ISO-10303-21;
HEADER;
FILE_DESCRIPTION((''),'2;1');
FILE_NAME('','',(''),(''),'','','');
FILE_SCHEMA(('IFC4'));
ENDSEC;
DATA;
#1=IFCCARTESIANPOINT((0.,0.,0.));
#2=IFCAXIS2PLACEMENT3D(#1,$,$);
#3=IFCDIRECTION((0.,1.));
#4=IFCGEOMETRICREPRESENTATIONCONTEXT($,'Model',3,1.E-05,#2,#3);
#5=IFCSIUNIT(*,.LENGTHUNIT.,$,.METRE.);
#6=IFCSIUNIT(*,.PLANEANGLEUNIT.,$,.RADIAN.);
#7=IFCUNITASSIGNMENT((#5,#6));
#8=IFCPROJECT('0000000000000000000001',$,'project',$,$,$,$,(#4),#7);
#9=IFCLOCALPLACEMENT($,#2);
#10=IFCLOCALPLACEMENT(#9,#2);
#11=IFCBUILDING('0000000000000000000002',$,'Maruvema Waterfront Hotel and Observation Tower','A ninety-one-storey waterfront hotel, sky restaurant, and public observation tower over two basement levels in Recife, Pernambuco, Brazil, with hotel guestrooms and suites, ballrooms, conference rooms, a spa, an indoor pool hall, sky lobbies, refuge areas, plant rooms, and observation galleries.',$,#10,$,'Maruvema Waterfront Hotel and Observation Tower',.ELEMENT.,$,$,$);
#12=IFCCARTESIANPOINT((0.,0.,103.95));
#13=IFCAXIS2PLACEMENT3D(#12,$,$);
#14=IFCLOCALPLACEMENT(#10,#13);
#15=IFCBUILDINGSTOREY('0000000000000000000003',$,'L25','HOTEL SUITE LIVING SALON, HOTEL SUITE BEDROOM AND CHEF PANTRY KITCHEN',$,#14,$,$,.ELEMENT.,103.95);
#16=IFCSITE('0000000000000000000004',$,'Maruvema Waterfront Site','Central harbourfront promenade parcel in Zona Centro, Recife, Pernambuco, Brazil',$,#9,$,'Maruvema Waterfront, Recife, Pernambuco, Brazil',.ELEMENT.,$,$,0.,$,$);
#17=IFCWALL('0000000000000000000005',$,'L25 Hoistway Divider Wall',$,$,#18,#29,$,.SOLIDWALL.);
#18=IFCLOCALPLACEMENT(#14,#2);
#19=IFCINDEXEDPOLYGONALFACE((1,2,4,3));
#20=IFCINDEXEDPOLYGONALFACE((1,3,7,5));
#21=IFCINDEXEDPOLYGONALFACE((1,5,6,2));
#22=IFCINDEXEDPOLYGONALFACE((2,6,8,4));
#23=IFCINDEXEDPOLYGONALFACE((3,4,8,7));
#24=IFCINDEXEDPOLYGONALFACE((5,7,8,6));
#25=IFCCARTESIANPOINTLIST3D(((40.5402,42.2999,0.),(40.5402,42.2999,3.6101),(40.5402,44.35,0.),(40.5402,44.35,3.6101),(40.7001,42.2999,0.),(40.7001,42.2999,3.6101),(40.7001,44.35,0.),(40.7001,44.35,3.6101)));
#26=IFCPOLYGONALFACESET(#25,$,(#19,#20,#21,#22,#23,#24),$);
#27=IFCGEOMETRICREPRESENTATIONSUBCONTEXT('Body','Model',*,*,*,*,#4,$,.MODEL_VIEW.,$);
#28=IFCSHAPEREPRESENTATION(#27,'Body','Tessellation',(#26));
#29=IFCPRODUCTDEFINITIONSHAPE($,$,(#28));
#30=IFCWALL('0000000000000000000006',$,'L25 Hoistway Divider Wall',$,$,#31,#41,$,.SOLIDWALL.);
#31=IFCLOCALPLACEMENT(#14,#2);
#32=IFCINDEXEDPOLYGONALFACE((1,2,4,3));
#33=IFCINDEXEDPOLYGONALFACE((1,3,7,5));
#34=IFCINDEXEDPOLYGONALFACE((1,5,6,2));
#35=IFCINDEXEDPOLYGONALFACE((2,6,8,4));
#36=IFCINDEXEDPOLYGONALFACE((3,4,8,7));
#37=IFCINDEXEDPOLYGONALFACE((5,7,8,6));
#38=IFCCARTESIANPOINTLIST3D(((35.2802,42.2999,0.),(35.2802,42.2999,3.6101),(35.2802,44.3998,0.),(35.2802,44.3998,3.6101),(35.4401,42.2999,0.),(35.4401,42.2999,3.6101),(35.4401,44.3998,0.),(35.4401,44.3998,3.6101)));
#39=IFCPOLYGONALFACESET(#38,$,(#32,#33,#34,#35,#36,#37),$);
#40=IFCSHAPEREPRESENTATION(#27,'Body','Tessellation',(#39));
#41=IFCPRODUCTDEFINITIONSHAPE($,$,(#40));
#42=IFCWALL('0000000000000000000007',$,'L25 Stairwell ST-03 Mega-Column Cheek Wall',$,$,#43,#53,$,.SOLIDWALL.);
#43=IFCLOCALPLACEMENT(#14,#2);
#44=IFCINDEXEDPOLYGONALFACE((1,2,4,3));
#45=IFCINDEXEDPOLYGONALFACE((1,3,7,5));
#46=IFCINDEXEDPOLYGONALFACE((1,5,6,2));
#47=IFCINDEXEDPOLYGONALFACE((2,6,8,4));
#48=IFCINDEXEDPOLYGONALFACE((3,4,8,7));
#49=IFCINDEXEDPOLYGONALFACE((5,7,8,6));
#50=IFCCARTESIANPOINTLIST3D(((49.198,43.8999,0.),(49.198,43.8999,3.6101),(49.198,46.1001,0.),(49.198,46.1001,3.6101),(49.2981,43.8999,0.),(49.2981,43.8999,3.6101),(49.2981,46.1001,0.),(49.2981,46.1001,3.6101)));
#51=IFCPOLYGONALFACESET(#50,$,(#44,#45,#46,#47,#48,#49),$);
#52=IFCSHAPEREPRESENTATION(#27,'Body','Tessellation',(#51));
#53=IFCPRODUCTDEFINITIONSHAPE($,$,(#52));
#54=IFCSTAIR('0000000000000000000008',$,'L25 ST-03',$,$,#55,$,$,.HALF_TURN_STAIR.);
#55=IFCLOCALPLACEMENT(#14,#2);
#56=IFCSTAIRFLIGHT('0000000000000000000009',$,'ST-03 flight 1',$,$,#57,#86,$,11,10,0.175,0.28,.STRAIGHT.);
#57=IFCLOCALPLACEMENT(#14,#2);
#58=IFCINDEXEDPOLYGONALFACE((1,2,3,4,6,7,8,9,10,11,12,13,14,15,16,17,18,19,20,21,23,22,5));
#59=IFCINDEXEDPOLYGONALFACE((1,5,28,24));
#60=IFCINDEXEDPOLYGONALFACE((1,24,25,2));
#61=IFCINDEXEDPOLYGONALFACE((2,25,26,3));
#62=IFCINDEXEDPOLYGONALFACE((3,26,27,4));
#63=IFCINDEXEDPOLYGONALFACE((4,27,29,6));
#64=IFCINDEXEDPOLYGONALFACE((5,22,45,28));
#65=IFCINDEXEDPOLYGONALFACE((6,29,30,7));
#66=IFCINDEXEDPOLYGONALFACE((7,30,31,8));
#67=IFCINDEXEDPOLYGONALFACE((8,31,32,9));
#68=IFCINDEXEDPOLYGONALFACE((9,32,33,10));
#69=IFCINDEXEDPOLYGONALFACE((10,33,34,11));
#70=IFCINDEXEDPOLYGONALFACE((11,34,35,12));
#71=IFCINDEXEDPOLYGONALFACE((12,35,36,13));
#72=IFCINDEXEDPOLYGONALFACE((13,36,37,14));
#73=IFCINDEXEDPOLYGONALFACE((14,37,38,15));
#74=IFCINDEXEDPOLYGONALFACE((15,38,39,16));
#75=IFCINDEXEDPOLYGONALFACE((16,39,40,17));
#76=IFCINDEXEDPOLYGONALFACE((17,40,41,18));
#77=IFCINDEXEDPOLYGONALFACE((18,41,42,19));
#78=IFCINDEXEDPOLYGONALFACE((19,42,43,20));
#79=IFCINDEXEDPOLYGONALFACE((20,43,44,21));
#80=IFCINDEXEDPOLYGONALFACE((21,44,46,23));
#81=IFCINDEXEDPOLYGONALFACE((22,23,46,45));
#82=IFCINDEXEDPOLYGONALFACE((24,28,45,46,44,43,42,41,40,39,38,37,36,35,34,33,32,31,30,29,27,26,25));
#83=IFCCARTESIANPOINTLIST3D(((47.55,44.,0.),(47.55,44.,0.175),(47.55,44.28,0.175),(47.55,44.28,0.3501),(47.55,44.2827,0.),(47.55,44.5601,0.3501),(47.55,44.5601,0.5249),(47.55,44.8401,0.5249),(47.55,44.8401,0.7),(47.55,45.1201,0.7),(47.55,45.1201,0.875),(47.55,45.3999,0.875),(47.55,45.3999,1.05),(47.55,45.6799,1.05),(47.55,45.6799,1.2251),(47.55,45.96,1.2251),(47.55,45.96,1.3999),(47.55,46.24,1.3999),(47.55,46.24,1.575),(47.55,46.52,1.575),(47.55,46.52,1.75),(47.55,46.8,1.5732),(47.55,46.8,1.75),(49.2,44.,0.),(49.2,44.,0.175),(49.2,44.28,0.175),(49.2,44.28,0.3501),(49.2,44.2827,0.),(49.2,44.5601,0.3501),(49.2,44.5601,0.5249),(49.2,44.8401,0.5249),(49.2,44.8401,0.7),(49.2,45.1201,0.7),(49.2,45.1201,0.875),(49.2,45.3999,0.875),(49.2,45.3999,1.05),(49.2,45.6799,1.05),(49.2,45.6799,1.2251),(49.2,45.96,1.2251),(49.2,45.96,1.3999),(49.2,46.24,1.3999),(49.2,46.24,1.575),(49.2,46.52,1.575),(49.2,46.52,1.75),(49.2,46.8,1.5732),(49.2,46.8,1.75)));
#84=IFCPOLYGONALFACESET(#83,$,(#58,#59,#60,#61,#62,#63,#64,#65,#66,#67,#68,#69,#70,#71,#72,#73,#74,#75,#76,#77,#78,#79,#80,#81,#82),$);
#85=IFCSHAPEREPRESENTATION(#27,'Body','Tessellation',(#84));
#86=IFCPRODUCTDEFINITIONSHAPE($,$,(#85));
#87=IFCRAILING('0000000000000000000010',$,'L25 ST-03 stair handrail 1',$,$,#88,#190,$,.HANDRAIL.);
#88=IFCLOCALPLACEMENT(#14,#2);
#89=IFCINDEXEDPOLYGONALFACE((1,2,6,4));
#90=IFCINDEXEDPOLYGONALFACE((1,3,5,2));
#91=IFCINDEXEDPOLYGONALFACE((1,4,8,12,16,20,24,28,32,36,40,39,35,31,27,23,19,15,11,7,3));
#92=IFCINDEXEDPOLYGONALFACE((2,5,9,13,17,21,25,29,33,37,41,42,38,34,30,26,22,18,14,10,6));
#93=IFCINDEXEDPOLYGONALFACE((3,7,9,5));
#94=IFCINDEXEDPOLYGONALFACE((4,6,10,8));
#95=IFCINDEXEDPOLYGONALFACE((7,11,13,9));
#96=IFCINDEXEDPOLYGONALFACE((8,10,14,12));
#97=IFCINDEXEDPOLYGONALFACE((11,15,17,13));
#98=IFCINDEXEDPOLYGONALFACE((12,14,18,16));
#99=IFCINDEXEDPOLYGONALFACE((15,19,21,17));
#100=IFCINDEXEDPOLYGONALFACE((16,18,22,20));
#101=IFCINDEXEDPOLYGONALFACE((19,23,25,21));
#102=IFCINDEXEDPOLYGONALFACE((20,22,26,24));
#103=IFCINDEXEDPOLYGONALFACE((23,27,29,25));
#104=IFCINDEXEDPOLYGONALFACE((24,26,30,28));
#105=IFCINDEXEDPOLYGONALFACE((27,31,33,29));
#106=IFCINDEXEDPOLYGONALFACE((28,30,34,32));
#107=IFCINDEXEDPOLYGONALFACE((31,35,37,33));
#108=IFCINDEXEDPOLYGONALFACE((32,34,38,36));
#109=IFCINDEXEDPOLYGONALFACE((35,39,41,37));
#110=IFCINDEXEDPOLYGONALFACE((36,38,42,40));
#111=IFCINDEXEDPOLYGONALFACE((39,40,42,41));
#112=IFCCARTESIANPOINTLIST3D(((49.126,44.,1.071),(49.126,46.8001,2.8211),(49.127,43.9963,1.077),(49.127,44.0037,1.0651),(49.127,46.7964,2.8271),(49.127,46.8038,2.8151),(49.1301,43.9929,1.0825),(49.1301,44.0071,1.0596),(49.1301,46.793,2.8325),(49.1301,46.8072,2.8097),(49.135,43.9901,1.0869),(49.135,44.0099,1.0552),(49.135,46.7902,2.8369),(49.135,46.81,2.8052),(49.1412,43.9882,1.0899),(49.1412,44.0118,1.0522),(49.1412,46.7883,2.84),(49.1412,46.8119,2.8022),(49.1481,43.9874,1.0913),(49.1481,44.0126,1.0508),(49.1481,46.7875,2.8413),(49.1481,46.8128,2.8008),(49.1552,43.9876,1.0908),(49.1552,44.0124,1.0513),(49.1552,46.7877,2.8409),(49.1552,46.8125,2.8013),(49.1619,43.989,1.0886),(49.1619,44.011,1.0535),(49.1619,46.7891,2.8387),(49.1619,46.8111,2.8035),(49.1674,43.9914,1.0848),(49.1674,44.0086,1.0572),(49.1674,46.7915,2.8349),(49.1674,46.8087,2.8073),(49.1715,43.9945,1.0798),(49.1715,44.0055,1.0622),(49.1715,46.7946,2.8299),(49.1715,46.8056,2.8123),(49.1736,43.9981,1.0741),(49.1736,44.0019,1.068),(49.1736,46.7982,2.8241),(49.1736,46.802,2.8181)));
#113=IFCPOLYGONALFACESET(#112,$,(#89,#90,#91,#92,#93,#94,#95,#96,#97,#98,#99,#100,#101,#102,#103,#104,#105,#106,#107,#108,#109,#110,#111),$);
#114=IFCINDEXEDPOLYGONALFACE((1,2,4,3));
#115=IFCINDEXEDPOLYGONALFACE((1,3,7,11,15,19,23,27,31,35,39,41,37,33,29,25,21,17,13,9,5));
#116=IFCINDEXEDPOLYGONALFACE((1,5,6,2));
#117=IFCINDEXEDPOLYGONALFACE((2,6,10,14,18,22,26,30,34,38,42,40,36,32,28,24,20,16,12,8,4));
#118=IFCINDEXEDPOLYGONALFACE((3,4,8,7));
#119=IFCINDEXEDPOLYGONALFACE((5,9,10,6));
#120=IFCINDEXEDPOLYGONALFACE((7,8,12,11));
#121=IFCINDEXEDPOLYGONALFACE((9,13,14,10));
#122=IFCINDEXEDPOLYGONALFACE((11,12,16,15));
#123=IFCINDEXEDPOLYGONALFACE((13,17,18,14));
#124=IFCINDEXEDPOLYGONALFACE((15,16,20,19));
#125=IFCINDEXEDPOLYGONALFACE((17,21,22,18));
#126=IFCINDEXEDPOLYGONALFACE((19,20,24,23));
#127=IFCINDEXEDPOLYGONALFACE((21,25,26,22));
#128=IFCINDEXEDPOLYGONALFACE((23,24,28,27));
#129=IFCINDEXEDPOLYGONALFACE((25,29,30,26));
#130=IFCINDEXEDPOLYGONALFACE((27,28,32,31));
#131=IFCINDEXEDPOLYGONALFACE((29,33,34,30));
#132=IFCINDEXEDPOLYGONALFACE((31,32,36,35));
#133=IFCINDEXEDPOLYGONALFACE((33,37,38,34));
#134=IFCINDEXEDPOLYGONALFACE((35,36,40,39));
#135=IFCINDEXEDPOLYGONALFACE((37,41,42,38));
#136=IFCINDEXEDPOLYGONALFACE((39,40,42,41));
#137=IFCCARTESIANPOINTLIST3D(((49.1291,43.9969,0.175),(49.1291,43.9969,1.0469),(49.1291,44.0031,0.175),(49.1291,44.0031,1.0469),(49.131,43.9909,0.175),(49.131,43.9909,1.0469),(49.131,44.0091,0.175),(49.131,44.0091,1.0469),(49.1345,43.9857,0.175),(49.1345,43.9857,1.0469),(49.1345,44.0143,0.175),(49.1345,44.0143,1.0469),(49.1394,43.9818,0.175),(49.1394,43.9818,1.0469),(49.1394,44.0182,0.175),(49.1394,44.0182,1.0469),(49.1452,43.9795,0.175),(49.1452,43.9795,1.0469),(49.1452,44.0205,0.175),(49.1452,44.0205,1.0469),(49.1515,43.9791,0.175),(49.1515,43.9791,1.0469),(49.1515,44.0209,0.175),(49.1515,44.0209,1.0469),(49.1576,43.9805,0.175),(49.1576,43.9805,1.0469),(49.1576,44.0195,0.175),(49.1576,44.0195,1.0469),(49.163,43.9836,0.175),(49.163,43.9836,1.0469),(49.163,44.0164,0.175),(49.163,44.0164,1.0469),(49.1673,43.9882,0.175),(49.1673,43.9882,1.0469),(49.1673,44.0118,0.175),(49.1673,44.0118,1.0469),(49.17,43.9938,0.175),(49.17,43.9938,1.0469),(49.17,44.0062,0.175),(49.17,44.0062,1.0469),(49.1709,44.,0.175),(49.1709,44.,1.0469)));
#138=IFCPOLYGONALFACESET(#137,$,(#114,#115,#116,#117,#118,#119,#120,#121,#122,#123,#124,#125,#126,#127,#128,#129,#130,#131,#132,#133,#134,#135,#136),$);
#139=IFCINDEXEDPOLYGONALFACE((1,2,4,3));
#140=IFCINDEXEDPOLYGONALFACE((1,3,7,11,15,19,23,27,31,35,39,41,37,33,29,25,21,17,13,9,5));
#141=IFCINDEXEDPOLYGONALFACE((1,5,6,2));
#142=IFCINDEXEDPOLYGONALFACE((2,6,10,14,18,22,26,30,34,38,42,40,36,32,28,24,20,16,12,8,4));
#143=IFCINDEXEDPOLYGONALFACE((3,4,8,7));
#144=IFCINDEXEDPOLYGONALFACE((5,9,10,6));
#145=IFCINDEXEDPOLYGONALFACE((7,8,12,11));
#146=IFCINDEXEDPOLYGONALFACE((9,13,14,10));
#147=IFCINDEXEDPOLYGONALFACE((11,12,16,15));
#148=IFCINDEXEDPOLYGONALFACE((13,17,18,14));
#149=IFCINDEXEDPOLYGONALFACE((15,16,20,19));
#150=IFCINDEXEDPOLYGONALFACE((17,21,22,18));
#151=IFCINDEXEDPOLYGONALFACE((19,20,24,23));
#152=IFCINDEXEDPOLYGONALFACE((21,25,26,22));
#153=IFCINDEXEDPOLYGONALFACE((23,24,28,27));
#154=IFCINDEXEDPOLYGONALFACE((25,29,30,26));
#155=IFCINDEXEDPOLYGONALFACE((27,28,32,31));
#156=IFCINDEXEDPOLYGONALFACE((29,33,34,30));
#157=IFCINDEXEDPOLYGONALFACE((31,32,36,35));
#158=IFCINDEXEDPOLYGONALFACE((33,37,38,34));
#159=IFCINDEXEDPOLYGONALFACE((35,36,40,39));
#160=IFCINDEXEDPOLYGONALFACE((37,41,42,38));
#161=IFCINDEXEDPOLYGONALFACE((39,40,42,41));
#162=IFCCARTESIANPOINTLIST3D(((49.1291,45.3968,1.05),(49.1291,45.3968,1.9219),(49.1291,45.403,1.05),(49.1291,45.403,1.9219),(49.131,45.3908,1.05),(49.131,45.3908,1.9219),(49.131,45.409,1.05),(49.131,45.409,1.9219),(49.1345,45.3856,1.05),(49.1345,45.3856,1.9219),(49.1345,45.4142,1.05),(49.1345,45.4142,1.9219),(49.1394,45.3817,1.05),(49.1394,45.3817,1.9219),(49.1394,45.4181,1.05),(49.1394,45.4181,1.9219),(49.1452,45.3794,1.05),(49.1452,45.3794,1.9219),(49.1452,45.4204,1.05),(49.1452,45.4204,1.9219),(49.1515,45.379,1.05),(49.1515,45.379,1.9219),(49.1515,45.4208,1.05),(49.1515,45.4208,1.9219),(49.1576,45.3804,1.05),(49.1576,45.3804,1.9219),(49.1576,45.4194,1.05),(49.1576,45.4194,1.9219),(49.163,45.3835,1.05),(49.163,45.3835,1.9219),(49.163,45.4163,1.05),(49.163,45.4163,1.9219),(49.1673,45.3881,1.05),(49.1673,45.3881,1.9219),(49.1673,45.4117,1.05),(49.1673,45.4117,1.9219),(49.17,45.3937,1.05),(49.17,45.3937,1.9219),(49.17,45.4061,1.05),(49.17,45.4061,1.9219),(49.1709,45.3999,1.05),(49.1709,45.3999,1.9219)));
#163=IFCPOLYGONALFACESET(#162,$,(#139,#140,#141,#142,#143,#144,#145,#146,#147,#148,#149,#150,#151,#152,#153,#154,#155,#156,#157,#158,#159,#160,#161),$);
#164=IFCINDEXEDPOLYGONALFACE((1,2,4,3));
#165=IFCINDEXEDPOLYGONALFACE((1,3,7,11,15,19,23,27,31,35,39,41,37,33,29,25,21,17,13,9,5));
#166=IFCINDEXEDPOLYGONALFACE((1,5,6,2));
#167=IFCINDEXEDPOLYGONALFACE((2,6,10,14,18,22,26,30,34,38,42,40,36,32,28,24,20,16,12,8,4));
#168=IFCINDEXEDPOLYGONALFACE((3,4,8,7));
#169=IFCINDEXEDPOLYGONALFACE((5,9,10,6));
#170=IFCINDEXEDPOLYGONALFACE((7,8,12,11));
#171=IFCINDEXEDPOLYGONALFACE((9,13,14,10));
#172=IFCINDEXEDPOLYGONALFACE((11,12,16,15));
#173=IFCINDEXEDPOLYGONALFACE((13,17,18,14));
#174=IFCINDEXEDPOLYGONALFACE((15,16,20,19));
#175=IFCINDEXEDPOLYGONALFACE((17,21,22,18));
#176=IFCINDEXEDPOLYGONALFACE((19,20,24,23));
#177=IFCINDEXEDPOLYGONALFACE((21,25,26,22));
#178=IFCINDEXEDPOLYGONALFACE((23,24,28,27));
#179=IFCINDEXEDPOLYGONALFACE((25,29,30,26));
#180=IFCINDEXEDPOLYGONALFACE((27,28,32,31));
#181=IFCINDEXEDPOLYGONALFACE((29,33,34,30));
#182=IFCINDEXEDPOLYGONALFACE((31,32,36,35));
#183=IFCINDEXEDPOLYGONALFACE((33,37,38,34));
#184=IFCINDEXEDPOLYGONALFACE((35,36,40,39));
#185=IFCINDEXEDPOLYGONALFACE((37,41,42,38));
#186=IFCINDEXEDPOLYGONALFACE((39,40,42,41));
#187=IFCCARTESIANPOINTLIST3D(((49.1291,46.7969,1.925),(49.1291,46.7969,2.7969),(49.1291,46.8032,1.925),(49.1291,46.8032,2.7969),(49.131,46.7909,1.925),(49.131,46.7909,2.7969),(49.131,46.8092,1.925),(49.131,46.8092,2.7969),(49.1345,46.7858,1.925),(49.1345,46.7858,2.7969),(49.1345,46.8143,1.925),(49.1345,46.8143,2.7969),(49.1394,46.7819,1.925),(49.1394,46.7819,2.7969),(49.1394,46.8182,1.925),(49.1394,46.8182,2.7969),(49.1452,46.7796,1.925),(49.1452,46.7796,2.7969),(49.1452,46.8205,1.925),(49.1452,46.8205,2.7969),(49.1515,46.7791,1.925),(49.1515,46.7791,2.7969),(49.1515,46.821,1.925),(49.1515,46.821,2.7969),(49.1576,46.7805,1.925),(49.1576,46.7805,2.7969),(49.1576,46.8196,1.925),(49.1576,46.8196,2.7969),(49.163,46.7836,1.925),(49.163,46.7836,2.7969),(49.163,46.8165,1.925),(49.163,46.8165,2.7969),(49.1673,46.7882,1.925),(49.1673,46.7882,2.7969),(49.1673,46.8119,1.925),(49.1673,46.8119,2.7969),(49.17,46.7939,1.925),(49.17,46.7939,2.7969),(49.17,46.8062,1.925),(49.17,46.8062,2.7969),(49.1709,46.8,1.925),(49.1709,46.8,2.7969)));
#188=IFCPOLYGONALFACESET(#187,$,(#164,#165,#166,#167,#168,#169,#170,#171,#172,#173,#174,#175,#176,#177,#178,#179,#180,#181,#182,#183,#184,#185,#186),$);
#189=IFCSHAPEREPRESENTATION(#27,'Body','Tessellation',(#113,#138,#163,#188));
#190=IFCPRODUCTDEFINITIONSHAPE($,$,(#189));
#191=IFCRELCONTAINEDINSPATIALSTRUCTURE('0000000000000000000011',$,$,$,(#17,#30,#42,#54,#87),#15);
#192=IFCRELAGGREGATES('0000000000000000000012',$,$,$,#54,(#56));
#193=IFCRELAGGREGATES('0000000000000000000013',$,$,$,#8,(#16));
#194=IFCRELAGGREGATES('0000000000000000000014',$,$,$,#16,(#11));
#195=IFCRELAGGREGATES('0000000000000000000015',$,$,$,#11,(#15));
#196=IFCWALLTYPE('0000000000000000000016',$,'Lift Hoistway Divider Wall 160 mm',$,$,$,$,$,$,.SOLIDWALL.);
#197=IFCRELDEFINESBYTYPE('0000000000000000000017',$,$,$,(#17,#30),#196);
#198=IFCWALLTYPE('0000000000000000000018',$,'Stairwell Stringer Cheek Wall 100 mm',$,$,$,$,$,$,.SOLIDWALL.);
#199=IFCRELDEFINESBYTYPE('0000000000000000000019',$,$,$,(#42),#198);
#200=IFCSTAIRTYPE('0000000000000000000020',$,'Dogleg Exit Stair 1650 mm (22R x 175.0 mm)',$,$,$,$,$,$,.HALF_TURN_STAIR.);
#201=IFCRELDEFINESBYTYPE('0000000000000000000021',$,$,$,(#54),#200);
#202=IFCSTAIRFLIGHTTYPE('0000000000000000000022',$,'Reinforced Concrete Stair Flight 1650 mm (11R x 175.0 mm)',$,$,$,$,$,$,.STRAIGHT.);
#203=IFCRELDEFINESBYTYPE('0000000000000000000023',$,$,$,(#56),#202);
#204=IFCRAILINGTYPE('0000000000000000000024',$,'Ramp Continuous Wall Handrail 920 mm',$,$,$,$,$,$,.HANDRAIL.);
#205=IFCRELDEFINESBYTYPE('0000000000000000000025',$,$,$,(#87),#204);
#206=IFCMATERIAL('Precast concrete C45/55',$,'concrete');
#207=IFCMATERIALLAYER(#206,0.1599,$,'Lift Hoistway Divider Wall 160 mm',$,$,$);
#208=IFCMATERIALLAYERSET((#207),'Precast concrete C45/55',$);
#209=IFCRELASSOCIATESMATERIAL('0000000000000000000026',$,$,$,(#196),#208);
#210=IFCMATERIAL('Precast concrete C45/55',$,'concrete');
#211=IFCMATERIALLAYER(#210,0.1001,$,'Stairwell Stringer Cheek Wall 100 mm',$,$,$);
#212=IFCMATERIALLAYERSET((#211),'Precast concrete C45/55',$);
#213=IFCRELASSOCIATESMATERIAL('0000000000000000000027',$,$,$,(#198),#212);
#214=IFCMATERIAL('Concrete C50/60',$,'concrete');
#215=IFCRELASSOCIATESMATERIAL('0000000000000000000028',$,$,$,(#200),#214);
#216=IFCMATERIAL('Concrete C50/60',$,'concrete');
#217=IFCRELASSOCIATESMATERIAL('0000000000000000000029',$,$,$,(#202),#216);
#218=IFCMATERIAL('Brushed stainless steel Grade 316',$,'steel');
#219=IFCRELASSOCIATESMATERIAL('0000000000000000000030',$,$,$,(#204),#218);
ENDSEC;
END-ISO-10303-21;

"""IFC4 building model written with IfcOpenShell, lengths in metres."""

from ifc_helpers import new_model, si_unit, direction, frame, frame_2d, origin, origin_2d, place, context, subcontext, project, spatial, polyline, rectangle, circle, outline, extrude, material, layer, layer_set, type_object, element, aggregate, save


model = new_model("IFC4")

# Units and contexts
model_context = context("Model", 3, precision=1e-05, world=origin(), true_north=direction((0.0, 1.0)))
body_context = subcontext(model_context, "Body", "Model", "MODEL_VIEW")
ifc_project = project(units=[si_unit("LENGTHUNIT", "METRE"), si_unit("PLANEANGLEUNIT", "RADIAN")], contexts=[model_context])

# Site, building, storey
site_placement = place(None, origin())
site = spatial("IfcSite", under=ifc_project, at=site_placement, Name="Maruvema Waterfront Site", Description="Central harbourfront promenade parcel in Zona Centro, Recife, Pernambuco, Brazil", LongName="Maruvema Waterfront, Recife, Pernambuco, Brazil", CompositionType="ELEMENT", RefElevation=0.0)
building_placement = place(site_placement, origin())
building = spatial("IfcBuilding", under=site, at=building_placement, Name="Maruvema Waterfront Hotel and Observation Tower", Description="A ninety-one-storey waterfront hotel, sky restaurant, and public observation tower over two basement levels in Recife, Pernambuco, Brazil, with hotel guestrooms and suites, ballrooms, conference rooms, a spa, an indoor pool hall, sky lobbies, refuge areas, plant rooms, and observation galleries.", LongName="Maruvema Waterfront Hotel and Observation Tower", CompositionType="ELEMENT")
storey_placement = place(building_placement, frame((0.0, 0.0, 103.95)))
storey = spatial("IfcBuildingStorey", under=building, at=storey_placement, Name="L25", Description="HOTEL SUITE LIVING SALON, HOTEL SUITE BEDROOM AND CHEF PANTRY KITCHEN", CompositionType="ELEMENT", Elevation=103.95)

# Walls
ifc_material_1 = material(Name="Precast concrete C45/55", Category="concrete")
ifc_layer_1 = layer(ifc_material_1, 0.1599, Name="Lift Hoistway Divider Wall 160 mm")
ifc_layer_set_1 = layer_set([ifc_layer_1], Name="Precast concrete C45/55")
wall_type_1 = type_object("IfcWallType", Name="Lift Hoistway Divider Wall 160 mm", PredefinedType="SOLIDWALL", material=ifc_layer_set_1)
for number, where, z_axis, x_axis, name in (
    (1, (40.6201, 42.3, 0.0), (0.0, 0.0, 1.0), (0.0, 1.0, 0.0), "L25 Hoistway Divider Wall"),
):
    element("IfcWall", number, at=place(storey_placement, frame(where, z_axis=z_axis, x_axis=x_axis)), inside=storey, type_object=wall_type_1, Name=name, PredefinedType="SOLIDWALL", context=body_context, shape_type="SweptSolid", body=[
        extrude(rectangle(XDim=2.05, YDim=0.1599, at=frame_2d((1.0249, 0.0))), origin(), (0.0, 0.0, 1.0), 3.6101),
    ])
wall_1_placement = place(storey_placement, frame((35.3601, 42.3, 0.0), z_axis=(0.0, 0.0, 1.0), x_axis=(0.0, 1.0, 0.0)))
element("IfcWall", 2, at=wall_1_placement, inside=storey, type_object=wall_type_1, Name="L25 Hoistway Divider Wall", PredefinedType="SOLIDWALL", context=body_context, shape_type="SweptSolid", body=[
    extrude(rectangle(XDim=2.0999, YDim=0.1599, at=frame_2d((1.0498, 0.0))), origin(), (0.0, 0.0, 1.0), 3.6101),
])
ifc_material_2 = material(Name="Precast concrete C45/55", Category="concrete")
ifc_layer_2 = layer(ifc_material_2, 0.1001, Name="Stairwell Stringer Cheek Wall 100 mm")
ifc_layer_set_2 = layer_set([ifc_layer_2], Name="Precast concrete C45/55")
wall_type_2 = type_object("IfcWallType", Name="Stairwell Stringer Cheek Wall 100 mm", PredefinedType="SOLIDWALL", material=ifc_layer_set_2)
wall_2_placement = place(storey_placement, frame((49.248, 43.8999, 0.0), z_axis=(0.0, 0.0, 1.0), x_axis=(0.0, 1.0, 0.0)))
element("IfcWall", 3, at=wall_2_placement, inside=storey, type_object=wall_type_2, Name="L25 Stairwell ST-03 Mega-Column Cheek Wall", PredefinedType="SOLIDWALL", context=body_context, shape_type="SweptSolid", body=[
    extrude(rectangle(XDim=2.2002, YDim=0.1001, at=frame_2d((1.1001, 0.0))), origin(), (0.0, 0.0, 1.0), 3.6101),
])

# Stair, stair flight
ifc_material_3 = material(Name="Concrete C50/60", Category="concrete")
stair_type = type_object("IfcStairType", Name="Dogleg Exit Stair 1650 mm (22R x 175.0 mm)", PredefinedType="HALF_TURN_STAIR", material=ifc_material_3)
stair_placement = place(storey_placement, origin())
stair = element("IfcStair", 4, at=stair_placement, inside=storey, type_object=stair_type, Name="L25 ST-03", PredefinedType="HALF_TURN_STAIR")
ifc_material_4 = material(Name="Concrete C50/60", Category="concrete")
stair_flight_type = type_object("IfcStairFlightType", Name="Reinforced Concrete Stair Flight 1650 mm (11R x 175.0 mm)", PredefinedType="STRAIGHT", material=ifc_material_4)
stair_flight_placement = place(storey_placement, frame((48.375, 44.0, 0.0), z_axis=(0.0, 0.0, 1.0), x_axis=(0.0, 1.0, 0.0)))
stair_flight = element("IfcStairFlight", 5, at=stair_flight_placement, type_object=stair_flight_type, Name="ST-03 flight 1", NumberOfRisers=11, NumberOfTreads=10, PredefinedType="STRAIGHT", RiserHeight=0.175, TreadLength=0.28, context=body_context, shape_type="SweptSolid", body=[
    extrude(outline(polyline([(0.0, 0.0), (0.0, 0.175), (0.28, 0.175), (0.28, 0.3501), (0.5601, 0.3501), (0.5601, 0.5249), (0.8401, 0.5249), (0.8401, 0.7), (1.1201, 0.7), (1.1201, 0.875), (1.3999, 0.875), (1.3999, 1.05), (1.6799, 1.05), (1.6799, 1.2251), (1.96, 1.2251), (1.96, 1.3999), (2.24, 1.3999), (2.24, 1.575), (2.52, 1.575), (2.52, 1.75), (2.8, 1.75), (2.8, 1.925), (2.8, 1.5732), (0.2827, 0.0), (0.0, 0.0)])), frame((0.0, 0.825, 0.0), z_axis=(0.0, -1.0, 0.0), x_axis=(1.0, 0.0, 0.0)), (0.0, 0.0, 1.0), 1.6499),
])
aggregate(stair, [stair_flight])

# Railing
ifc_material_5 = material(Name="Brushed stainless steel Grade 316", Category="steel")
railing_type_1 = type_object("IfcRailingType", Name="Ramp Continuous Wall Handrail 920 mm", PredefinedType="HANDRAIL", material=ifc_material_5)
railing_1_placement = place(storey_placement, frame((49.1499, 44.0, 0.175)))
element("IfcRailing", 6, at=railing_1_placement, inside=storey, type_object=railing_type_1, Name="L25 ST-03 stair handrail 1", PredefinedType="HANDRAIL", context=body_context, shape_type="SweptSolid", body=[
    extrude(circle(Radius=0.0239, at=origin_2d()), frame((0.0, 0.0, 0.896), z_axis=(0.0, 0.848002, 0.529992), x_axis=(-1.0, 0.0, 0.0)), (0.0, 0.0, 1.0), 3.302),
    extrude(circle(Radius=0.021, at=origin_2d()), origin(), (0.0, 0.0, 1.0), 0.8718),
    extrude(circle(Radius=0.021, at=origin_2d()), frame((0.0, 1.3999, 0.875)), (0.0, 0.0, 1.0), 0.8718),
    extrude(circle(Radius=0.021, at=origin_2d()), frame((0.0, 2.8, 1.75)), (0.0, 0.0, 1.0), 0.8718),
])

save(model, "model.ifc")
